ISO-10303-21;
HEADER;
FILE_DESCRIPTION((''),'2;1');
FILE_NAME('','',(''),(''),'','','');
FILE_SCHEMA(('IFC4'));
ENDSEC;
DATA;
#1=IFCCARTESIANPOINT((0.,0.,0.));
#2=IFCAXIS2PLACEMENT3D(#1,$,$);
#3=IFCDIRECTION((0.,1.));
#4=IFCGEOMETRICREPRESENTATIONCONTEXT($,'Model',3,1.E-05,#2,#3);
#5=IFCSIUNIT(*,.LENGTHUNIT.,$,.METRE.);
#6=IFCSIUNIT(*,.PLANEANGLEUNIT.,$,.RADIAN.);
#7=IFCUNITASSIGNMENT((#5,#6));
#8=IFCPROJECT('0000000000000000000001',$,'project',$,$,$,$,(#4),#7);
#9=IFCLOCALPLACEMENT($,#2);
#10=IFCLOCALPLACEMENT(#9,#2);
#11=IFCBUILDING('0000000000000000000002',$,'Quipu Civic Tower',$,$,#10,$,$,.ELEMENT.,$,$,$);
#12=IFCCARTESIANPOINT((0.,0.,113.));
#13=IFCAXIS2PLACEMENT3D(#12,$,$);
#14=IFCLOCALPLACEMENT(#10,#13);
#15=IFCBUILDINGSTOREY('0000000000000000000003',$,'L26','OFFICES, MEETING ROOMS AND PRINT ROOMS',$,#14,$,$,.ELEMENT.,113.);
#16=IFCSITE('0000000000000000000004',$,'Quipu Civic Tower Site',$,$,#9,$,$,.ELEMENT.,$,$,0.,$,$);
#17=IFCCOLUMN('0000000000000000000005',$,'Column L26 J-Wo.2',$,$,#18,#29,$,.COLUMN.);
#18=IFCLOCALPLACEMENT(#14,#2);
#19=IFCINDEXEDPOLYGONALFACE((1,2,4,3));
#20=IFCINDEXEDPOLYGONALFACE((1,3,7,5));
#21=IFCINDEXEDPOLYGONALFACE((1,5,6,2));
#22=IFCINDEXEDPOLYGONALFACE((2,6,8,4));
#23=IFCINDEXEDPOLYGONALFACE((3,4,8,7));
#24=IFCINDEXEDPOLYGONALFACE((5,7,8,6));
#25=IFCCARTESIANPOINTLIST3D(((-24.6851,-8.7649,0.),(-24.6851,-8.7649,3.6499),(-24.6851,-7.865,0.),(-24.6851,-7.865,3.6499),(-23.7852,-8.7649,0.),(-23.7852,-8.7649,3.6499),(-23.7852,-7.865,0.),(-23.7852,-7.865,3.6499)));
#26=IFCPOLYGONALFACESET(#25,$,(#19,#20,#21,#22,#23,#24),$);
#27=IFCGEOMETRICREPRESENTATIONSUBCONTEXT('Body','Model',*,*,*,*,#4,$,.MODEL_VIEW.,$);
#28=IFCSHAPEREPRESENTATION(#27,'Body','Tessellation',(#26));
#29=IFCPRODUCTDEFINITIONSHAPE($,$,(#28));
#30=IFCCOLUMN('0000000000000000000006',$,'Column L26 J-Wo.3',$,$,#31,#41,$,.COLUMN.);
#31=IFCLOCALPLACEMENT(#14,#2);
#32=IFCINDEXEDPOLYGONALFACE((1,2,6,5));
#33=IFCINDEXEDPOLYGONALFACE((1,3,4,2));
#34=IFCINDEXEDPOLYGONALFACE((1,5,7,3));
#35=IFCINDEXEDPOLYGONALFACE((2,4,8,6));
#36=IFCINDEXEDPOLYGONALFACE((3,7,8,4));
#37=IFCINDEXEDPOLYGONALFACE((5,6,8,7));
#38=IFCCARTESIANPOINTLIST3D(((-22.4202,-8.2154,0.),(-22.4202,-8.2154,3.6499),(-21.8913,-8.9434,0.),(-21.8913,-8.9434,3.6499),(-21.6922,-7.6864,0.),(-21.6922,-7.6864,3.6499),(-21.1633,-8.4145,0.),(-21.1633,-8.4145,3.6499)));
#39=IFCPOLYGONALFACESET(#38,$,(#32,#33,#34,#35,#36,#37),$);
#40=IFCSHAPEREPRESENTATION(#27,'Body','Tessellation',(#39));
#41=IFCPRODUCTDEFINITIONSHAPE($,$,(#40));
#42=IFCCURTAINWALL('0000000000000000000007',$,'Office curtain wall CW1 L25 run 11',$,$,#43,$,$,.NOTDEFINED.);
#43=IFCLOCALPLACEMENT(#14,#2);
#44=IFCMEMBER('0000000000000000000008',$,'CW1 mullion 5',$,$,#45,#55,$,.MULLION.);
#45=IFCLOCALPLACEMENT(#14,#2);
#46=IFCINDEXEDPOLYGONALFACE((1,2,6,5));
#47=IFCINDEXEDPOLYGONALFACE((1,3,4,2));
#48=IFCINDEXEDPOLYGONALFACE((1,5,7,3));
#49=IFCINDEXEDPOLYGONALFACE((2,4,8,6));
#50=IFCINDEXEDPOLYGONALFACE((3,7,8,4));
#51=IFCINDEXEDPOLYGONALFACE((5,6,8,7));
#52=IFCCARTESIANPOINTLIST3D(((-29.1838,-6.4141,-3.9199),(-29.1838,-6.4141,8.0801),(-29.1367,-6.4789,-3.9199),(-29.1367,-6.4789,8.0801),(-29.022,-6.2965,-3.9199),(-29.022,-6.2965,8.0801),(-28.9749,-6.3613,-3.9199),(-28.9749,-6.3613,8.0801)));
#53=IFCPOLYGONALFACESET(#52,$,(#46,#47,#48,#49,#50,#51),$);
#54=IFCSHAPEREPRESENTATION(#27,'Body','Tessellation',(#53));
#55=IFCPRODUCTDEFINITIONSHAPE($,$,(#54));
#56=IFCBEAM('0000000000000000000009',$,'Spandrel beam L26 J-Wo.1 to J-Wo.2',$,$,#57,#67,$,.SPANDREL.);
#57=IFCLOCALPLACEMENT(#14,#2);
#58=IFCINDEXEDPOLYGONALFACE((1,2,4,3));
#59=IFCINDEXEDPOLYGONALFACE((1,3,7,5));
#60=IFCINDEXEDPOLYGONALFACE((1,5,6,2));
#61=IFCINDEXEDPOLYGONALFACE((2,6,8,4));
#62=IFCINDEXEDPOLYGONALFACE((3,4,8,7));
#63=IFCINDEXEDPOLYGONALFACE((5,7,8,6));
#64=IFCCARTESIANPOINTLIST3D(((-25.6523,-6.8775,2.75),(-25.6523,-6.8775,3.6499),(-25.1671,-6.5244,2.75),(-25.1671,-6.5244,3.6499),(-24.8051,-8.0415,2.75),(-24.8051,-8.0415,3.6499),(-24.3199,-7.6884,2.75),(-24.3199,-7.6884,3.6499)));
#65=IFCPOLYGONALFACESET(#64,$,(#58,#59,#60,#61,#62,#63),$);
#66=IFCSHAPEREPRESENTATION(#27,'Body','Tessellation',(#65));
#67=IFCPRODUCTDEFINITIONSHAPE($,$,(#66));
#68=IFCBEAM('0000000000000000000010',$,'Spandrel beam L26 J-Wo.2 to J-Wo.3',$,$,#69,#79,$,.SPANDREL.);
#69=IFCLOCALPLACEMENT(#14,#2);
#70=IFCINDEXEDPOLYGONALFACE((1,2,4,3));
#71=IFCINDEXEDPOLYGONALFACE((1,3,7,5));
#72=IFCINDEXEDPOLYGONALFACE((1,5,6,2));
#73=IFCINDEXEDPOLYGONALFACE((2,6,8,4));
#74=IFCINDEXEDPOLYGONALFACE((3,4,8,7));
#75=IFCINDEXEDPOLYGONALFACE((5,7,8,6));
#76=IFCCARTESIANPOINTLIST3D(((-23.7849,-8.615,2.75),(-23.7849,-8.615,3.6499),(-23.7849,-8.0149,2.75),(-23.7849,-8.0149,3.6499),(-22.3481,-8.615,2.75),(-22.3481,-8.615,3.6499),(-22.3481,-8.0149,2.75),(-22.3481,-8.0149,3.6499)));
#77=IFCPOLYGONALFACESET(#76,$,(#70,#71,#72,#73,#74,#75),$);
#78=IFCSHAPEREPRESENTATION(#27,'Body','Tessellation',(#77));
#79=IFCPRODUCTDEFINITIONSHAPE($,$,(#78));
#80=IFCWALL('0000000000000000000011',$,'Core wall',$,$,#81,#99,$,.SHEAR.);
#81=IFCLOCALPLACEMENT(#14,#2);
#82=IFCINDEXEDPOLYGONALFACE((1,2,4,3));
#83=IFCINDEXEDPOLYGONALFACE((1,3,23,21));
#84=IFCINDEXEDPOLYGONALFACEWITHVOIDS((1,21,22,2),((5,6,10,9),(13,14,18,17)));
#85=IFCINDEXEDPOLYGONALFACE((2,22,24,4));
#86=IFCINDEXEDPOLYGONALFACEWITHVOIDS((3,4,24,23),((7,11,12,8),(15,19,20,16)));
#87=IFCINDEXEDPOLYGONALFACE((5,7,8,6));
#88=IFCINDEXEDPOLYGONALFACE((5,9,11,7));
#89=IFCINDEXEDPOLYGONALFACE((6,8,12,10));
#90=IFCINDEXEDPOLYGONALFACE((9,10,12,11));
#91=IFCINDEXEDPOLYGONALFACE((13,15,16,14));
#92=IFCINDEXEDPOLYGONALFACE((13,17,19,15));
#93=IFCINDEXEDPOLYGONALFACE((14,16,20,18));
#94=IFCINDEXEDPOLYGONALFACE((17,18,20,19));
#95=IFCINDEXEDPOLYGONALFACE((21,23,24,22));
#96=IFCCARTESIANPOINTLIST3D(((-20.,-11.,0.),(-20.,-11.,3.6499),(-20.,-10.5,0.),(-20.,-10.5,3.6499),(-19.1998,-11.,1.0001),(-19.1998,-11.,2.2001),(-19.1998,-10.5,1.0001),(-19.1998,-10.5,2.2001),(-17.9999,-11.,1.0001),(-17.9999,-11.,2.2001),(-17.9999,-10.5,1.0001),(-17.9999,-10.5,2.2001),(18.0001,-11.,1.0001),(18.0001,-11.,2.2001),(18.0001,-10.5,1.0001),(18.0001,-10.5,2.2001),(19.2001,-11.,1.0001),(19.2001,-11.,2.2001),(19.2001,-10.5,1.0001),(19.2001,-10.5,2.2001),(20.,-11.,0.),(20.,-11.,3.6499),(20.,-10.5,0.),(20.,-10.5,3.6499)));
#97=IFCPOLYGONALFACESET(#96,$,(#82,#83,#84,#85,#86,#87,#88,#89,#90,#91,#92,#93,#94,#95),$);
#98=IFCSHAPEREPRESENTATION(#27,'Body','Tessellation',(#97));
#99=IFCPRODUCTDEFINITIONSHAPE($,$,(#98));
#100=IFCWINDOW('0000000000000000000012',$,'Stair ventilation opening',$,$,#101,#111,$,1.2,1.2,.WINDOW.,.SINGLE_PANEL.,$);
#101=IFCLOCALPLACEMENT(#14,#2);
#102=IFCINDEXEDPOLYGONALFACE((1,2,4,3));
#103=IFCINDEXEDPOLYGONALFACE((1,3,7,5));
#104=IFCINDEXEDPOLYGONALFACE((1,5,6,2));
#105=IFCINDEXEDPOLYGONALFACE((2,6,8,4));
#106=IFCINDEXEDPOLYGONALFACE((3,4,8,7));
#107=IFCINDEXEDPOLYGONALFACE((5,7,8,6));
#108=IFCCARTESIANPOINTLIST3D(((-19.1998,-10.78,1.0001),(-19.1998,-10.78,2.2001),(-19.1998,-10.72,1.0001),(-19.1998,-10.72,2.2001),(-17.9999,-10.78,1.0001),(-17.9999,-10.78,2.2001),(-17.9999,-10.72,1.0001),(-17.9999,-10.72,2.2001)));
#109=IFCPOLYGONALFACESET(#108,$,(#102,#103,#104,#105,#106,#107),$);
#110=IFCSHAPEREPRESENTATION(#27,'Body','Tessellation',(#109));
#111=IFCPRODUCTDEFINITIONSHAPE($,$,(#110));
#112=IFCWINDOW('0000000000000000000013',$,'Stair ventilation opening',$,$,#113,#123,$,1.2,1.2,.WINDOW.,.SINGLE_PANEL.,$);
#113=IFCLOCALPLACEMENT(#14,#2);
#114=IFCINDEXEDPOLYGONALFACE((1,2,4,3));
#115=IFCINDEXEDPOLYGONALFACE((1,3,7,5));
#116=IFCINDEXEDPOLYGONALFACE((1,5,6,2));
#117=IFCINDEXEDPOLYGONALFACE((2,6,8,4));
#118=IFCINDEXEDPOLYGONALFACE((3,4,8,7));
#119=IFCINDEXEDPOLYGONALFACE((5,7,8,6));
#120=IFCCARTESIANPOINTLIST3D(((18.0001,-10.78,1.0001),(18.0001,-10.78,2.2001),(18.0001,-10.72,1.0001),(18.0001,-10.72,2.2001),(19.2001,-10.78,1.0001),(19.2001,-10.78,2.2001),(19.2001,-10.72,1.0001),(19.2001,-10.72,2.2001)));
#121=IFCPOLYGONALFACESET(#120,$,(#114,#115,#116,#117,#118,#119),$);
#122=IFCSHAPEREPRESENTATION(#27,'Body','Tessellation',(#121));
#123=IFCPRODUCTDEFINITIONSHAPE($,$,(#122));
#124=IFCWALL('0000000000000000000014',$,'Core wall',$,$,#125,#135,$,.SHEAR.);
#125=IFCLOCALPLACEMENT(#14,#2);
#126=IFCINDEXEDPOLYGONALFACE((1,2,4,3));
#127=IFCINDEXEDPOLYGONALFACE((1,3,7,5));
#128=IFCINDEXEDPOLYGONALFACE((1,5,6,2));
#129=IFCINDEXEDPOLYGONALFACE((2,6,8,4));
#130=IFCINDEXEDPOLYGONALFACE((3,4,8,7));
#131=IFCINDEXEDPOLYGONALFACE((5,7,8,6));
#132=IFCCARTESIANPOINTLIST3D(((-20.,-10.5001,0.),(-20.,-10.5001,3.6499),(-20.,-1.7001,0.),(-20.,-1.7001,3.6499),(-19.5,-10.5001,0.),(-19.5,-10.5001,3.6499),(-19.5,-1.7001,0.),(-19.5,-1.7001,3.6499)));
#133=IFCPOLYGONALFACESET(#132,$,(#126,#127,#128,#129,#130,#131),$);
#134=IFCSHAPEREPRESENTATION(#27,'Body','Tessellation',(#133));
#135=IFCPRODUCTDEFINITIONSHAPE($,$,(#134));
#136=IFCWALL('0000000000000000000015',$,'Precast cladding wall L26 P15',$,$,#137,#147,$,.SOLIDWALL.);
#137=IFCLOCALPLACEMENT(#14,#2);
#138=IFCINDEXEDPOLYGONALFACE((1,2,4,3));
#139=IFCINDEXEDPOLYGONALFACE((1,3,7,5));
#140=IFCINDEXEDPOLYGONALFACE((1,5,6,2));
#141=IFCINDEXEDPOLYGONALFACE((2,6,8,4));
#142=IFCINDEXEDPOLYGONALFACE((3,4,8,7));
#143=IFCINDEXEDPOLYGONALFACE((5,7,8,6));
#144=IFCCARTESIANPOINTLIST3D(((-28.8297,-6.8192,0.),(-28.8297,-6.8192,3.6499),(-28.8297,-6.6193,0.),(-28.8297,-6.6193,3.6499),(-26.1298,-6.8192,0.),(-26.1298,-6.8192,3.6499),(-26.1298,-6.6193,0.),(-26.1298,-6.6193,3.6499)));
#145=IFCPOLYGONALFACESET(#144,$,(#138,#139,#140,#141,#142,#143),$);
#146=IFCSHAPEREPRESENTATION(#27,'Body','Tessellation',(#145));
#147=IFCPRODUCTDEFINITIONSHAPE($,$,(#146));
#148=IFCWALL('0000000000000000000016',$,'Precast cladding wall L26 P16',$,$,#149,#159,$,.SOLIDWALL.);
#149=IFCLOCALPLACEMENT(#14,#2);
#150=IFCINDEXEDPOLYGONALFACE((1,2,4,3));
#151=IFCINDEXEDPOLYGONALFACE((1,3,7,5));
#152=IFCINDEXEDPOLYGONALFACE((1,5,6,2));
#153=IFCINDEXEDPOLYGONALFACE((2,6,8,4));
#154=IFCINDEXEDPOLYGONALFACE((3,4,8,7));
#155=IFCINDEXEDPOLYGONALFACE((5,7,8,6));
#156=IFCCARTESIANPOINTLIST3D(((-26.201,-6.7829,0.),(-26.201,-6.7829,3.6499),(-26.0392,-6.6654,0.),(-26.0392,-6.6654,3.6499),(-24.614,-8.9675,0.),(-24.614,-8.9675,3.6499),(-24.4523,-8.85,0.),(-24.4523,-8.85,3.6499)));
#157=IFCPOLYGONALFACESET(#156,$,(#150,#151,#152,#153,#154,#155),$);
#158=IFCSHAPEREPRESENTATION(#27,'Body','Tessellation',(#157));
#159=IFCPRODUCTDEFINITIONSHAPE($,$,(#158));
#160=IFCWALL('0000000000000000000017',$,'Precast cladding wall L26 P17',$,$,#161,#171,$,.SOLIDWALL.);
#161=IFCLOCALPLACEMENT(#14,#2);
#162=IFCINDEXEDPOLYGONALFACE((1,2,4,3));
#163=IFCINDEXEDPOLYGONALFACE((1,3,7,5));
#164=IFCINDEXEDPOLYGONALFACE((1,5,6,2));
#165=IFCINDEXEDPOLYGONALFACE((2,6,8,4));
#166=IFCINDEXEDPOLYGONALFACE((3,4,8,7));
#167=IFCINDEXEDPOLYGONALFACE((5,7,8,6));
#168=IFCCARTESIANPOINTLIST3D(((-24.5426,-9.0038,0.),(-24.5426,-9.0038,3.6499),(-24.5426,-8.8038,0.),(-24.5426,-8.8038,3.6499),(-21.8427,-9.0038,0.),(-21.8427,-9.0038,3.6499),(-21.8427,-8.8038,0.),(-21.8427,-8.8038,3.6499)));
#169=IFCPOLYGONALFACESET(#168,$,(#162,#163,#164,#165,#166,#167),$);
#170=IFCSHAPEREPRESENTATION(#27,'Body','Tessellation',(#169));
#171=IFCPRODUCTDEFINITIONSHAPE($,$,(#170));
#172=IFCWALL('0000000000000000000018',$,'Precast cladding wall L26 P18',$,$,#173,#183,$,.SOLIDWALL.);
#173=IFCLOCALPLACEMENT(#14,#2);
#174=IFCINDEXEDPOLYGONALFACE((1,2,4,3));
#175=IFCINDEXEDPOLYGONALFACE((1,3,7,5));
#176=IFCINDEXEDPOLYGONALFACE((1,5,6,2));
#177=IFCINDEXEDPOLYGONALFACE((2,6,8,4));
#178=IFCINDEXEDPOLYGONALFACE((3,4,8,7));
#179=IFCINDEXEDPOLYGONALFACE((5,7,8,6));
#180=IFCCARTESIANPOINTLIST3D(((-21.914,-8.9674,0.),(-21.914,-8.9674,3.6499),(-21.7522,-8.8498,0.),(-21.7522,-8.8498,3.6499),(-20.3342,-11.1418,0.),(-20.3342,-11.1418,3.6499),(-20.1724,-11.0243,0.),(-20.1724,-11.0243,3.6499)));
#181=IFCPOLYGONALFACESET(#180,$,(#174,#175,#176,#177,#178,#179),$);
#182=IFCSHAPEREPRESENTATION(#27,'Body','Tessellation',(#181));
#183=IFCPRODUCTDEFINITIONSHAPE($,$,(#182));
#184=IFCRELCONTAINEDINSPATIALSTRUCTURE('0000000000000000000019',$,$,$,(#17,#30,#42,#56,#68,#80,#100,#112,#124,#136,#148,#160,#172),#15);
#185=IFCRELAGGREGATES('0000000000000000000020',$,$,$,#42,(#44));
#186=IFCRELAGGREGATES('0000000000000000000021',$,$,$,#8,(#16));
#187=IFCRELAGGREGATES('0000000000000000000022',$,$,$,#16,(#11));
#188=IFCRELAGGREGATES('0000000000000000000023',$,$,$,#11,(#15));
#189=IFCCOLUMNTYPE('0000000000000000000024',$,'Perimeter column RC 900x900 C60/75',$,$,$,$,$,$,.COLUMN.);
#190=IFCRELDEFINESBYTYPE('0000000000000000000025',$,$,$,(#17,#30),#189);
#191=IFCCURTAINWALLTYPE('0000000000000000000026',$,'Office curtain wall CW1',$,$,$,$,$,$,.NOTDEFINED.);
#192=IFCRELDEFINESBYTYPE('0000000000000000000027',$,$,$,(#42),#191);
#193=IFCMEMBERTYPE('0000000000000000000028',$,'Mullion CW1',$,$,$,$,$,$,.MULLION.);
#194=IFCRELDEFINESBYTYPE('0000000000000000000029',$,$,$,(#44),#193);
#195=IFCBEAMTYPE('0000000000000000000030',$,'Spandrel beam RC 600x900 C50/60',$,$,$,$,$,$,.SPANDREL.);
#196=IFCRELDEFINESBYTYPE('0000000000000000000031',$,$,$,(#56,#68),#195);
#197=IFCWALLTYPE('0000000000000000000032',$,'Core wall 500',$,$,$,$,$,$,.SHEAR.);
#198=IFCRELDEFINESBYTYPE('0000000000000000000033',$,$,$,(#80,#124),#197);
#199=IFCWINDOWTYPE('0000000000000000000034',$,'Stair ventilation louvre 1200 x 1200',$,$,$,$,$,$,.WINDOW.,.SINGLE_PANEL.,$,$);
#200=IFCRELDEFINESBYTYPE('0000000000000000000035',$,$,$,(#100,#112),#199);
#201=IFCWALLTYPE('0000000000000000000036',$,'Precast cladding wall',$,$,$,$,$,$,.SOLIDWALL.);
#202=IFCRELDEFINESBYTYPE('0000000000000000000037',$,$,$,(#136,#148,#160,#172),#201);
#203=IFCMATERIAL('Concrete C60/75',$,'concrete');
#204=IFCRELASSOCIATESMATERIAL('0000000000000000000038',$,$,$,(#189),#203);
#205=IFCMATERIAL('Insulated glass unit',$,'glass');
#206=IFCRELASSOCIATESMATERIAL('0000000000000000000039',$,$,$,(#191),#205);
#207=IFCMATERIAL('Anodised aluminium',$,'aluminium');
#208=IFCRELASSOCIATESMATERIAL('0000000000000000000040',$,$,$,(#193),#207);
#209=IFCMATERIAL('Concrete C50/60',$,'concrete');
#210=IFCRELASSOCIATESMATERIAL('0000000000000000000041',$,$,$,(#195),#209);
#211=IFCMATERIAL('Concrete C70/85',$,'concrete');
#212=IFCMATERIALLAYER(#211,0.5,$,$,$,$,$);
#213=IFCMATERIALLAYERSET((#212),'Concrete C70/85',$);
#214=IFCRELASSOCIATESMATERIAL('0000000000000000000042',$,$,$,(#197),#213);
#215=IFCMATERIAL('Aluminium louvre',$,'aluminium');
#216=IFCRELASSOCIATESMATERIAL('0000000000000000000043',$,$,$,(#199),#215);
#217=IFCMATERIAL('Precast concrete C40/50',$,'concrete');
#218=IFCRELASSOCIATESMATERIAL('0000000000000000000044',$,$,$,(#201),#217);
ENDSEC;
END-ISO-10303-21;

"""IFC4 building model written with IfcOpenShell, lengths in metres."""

from ifc_helpers import new_model, si_unit, direction, frame, frame_2d, origin, origin_2d, place, context, subcontext, project, spatial, rectangle, extrude, material, layer, layer_set, material_profile, profile_set, type_object, element, fill, aggregate, save


model = new_model("IFC4")

# Units and contexts
model_context = context("Model", 3, precision=1e-05, world=origin(), true_north=direction((0.0, 1.0)))
body_context = subcontext(model_context, "Body", "Model", "MODEL_VIEW")
ifc_project = project(units=[si_unit("LENGTHUNIT", "METRE"), si_unit("PLANEANGLEUNIT", "RADIAN")], contexts=[model_context])

# Site, building, storey
site_placement = place(None, origin())
site = spatial("IfcSite", under=ifc_project, at=site_placement, Name="Quipu Civic Tower Site", CompositionType="ELEMENT", RefElevation=0.0)
building_placement = place(site_placement, origin())
building = spatial("IfcBuilding", under=site, at=building_placement, Name="Quipu Civic Tower", CompositionType="ELEMENT")
storey_placement = place(building_placement, frame((0.0, 0.0, 113.0)))
storey = spatial("IfcBuildingStorey", under=building, at=storey_placement, Name="L26", Description="OFFICES, MEETING ROOMS AND PRINT ROOMS", CompositionType="ELEMENT", Elevation=113.0)

# Columns
ifc_material_1 = material(Name="Concrete C60/75", Category="concrete")
ifc_material_profile_1 = material_profile(ifc_material_1, rectangle(XDim=0.8999, YDim=0.8999, at=origin_2d()), Name="RC900x900")
ifc_profile_set_1 = profile_set([ifc_material_profile_1], Name="Concrete C60/75")
column_type = type_object("IfcColumnType", Name="Perimeter column RC 900x900 C60/75", PredefinedType="COLUMN", material=ifc_profile_set_1)
for number, where, z_axis, x_axis, name in (
    (1, (-24.2351, -8.3149, 0.0), (0.0, 0.0, 1.0), (1.0, 0.0, 0.0), "Column L26 J-Wo.2"),
    (2, (-21.7917, -8.3149, 0.0), (0.0, 0.0, 1.0), (0.587785, -0.809017, 0.0), "Column L26 J-Wo.3"),
):
    element("IfcColumn", number, at=place(storey_placement, frame(where, z_axis=z_axis, x_axis=x_axis)), inside=storey, type_object=column_type, Name=name, PredefinedType="COLUMN", context=body_context, shape_type="SweptSolid", body=[
        extrude(rectangle(XDim=0.8999, YDim=0.8999, at=origin_2d()), origin(), (0.0, 0.0, 1.0), 3.6499),
    ])

# Curtain wall, member
ifc_material_2 = material(Name="Insulated glass unit", Category="glass")
curtain_wall_type = type_object("IfcCurtainWallType", Name="Office curtain wall CW1", PredefinedType="NOTDEFINED", material=ifc_material_2)
curtain_wall_placement = place(storey_placement, origin())
curtain_wall = element("IfcCurtainWall", 3, at=curtain_wall_placement, inside=storey, type_object=curtain_wall_type, Name="Office curtain wall CW1 L25 run 11", PredefinedType="NOTDEFINED")
ifc_material_3 = material(Name="Anodised aluminium", Category="aluminium")
ifc_material_profile_2 = material_profile(ifc_material_3, rectangle(XDim=0.2, YDim=0.0801, at=origin_2d()), Name="RECT 200x80")
ifc_profile_set_2 = profile_set([ifc_material_profile_2], Name="Anodised aluminium")
member_type = type_object("IfcMemberType", Name="Mullion CW1", PredefinedType="MULLION", material=ifc_profile_set_2)
member_placement = place(storey_placement, frame((-29.0793, -6.3877, -3.9199), z_axis=(0.0, 0.0, 1.0), x_axis=(0.809017, 0.587786, 0.0)))
member = element("IfcMember", 4, at=member_placement, type_object=member_type, Name="CW1 mullion 5", PredefinedType="MULLION", context=body_context, shape_type="SweptSolid", body=[
    extrude(rectangle(XDim=0.2, YDim=0.0801, at=origin_2d()), origin(), (0.0, 0.0, 1.0), 12.0),
])
aggregate(curtain_wall, [member])

# Beams
ifc_material_4 = material(Name="Concrete C50/60", Category="concrete")
ifc_material_profile_3 = material_profile(ifc_material_4, rectangle(XDim=0.6001, YDim=0.8999, at=origin_2d()), Name="RC600x900")
ifc_profile_set_3 = profile_set([ifc_material_profile_3], Name="Concrete C50/60")
beam_type = type_object("IfcBeamType", Name="Spandrel beam RC 600x900 C50/60", PredefinedType="SPANDREL", material=ifc_profile_set_3)
beam_1_placement = place(storey_placement, frame((-25.4097, -6.7009, 3.2), z_axis=(0.588434, -0.808545, 0.0), x_axis=(0.808545, 0.588434, 0.0)))
element("IfcBeam", 5, at=beam_1_placement, inside=storey, type_object=beam_type, Name="Spandrel beam L26 J-Wo.1 to J-Wo.2", PredefinedType="SPANDREL", context=body_context, shape_type="SweptSolid", body=[
    extrude(rectangle(XDim=0.6001, YDim=0.8999, at=origin_2d()), origin(), (0.0, 0.0, 1.0), 1.4397),
])
beam_2_placement = place(storey_placement, frame((-23.7849, -8.3149, 3.2), z_axis=(1.0, 0.0, 0.0), x_axis=(0.0, 1.0, 0.0)))
element("IfcBeam", 6, at=beam_2_placement, inside=storey, type_object=beam_type, Name="Spandrel beam L26 J-Wo.2 to J-Wo.3", PredefinedType="SPANDREL", context=body_context, shape_type="SweptSolid", body=[
    extrude(rectangle(XDim=0.6001, YDim=0.8999, at=origin_2d()), origin(), (0.0, 0.0, 1.0), 1.4368),
])

# Wall, openings, windows
ifc_material_5 = material(Name="Concrete C70/85", Category="concrete")
ifc_layer = layer(ifc_material_5, 0.5)
ifc_layer_set = layer_set([ifc_layer], Name="Concrete C70/85")
wall_type_1 = type_object("IfcWallType", Name="Core wall 500", PredefinedType="SHEAR", material=ifc_layer_set)
wall_1_placement = place(storey_placement, frame((-20.0, -10.75, 0.0), z_axis=(0.0, 0.0, 1.0), x_axis=(1.0, 0.0, 0.0)))
wall_1 = element("IfcWall", 7, at=wall_1_placement, inside=storey, type_object=wall_type_1, Name="Core wall", PredefinedType="SHEAR", context=body_context, shape_type="SweptSolid", body=[
    extrude(rectangle(XDim=40.0, YDim=0.5, at=frame_2d((20.0, 0.0))), origin(), (0.0, 0.0, 1.0), 3.6499),
])
opening_1_placement = place(wall_1_placement, frame((0.8, 0.0, 1.0)))
opening_1 = element("IfcOpeningElement", 8, at=opening_1_placement, cuts=wall_1, PredefinedType="OPENING", context=body_context, shape_type="SweptSolid", body=[
    extrude(rectangle(XDim=1.2, YDim=1.2, at=frame_2d((0.6001, 0.6001))), frame((0.0, 0.26, 0.0), z_axis=(0.0, -1.0, 0.0), x_axis=(1.0, 0.0, 0.0)), (0.0, 0.0, 1.0), 0.52),
])
opening_2_placement = place(wall_1_placement, frame((38.0, 0.0, 1.0)))
opening_2 = element("IfcOpeningElement", 9, at=opening_2_placement, cuts=wall_1, PredefinedType="OPENING", context=body_context, shape_type="SweptSolid", body=[
    extrude(rectangle(XDim=1.2, YDim=1.2, at=frame_2d((0.6001, 0.6001))), frame((0.0, 0.26, 0.0), z_axis=(0.0, -1.0, 0.0), x_axis=(1.0, 0.0, 0.0)), (0.0, 0.0, 1.0), 0.52),
])
ifc_material_6 = material(Name="Aluminium louvre", Category="aluminium")
window_type = type_object("IfcWindowType", Name="Stair ventilation louvre 1200 x 1200", PartitioningType="SINGLE_PANEL", PredefinedType="WINDOW", material=ifc_material_6)
window_1_placement = place(opening_1_placement, origin())
window_1 = element("IfcWindow", 10, at=window_1_placement, inside=storey, type_object=window_type, Name="Stair ventilation opening", OverallHeight=1.2, OverallWidth=1.2, PartitioningType="SINGLE_PANEL", PredefinedType="WINDOW", context=body_context, shape_type="SweptSolid", body=[
    extrude(rectangle(XDim=1.2, YDim=1.2, at=frame_2d((0.6001, 0.6001))), frame((0.0, 0.03, 0.0), z_axis=(0.0, -1.0, 0.0), x_axis=(1.0, 0.0, 0.0)), (0.0, 0.0, 1.0), 0.0601),
])
fill(opening_1, window_1)
window_2_placement = place(opening_2_placement, origin())
window_2 = element("IfcWindow", 11, at=window_2_placement, inside=storey, type_object=window_type, Name="Stair ventilation opening", OverallHeight=1.2, OverallWidth=1.2, PartitioningType="SINGLE_PANEL", PredefinedType="WINDOW", context=body_context, shape_type="SweptSolid", body=[
    extrude(rectangle(XDim=1.2, YDim=1.2, at=frame_2d((0.6001, 0.6001))), frame((0.0, 0.03, 0.0), z_axis=(0.0, -1.0, 0.0), x_axis=(1.0, 0.0, 0.0)), (0.0, 0.0, 1.0), 0.0601),
])
fill(opening_2, window_2)

# Walls
wall_2_placement = place(storey_placement, frame((-19.75, -10.5, 0.0), z_axis=(0.0, 0.0, 1.0), x_axis=(0.0, 1.0, 0.0)))
element("IfcWall", 12, at=wall_2_placement, inside=storey, type_object=wall_type_1, Name="Core wall", PredefinedType="SHEAR", context=body_context, shape_type="SweptSolid", body=[
    extrude(rectangle(XDim=8.8, YDim=0.5, at=frame_2d((4.3999, 0.0))), origin(), (0.0, 0.0, 1.0), 3.6499),
])
ifc_material_7 = material(Name="Precast concrete C40/50", Category="concrete")
wall_type_2 = type_object("IfcWallType", Name="Precast cladding wall", PredefinedType="SOLIDWALL", material=ifc_material_7)
wall_3_placement = place(storey_placement, frame((-28.8298, -6.7192, 0.0), z_axis=(0.0, 0.0, 1.0), x_axis=(1.0, 0.0, 0.0)))
element("IfcWall", 13, at=wall_3_placement, inside=storey, type_object=wall_type_2, Name="Precast cladding wall L26 P15", PredefinedType="SOLIDWALL", context=body_context, shape_type="SweptSolid", body=[
    extrude(rectangle(XDim=2.7, YDim=0.2, at=frame_2d((1.3501, 0.0))), origin(), (0.0, 0.0, 1.0), 3.6499),
])
wall_4_placement = place(storey_placement, frame((-26.1201, -6.7241, 0.0), z_axis=(0.0, 0.0, 1.0), x_axis=(0.58772, -0.809064, 0.0)))
element("IfcWall", 14, at=wall_4_placement, inside=storey, type_object=wall_type_2, Name="Precast cladding wall L26 P16", PredefinedType="SOLIDWALL", context=body_context, shape_type="SweptSolid", body=[
    extrude(rectangle(XDim=2.7002, YDim=0.2, at=frame_2d((1.3501, 0.0))), origin(), (0.0, 0.0, 1.0), 3.6499),
])
wall_5_placement = place(storey_placement, frame((-24.5427, -8.9038, 0.0), z_axis=(0.0, 0.0, 1.0), x_axis=(1.0, 0.0, 0.0)))
element("IfcWall", 15, at=wall_5_placement, inside=storey, type_object=wall_type_2, Name="Precast cladding wall L26 P17", PredefinedType="SOLIDWALL", context=body_context, shape_type="SweptSolid", body=[
    extrude(rectangle(XDim=2.7, YDim=0.2, at=frame_2d((1.3501, 0.0))), origin(), (0.0, 0.0, 1.0), 3.6499),
])
wall_6_placement = place(storey_placement, frame((-21.833, -8.9087, 0.0), z_axis=(0.0, 0.0, 1.0), x_axis=(0.587767, -0.809031, 0.0)))
element("IfcWall", 16, at=wall_6_placement, inside=storey, type_object=wall_type_2, Name="Precast cladding wall L26 P18", PredefinedType="SOLIDWALL", context=body_context, shape_type="SweptSolid", body=[
    extrude(rectangle(XDim=2.6877, YDim=0.2, at=frame_2d((1.3438, 0.0))), origin(), (0.0, 0.0, 1.0), 3.6499),
])

save(model, "model.ifc")
